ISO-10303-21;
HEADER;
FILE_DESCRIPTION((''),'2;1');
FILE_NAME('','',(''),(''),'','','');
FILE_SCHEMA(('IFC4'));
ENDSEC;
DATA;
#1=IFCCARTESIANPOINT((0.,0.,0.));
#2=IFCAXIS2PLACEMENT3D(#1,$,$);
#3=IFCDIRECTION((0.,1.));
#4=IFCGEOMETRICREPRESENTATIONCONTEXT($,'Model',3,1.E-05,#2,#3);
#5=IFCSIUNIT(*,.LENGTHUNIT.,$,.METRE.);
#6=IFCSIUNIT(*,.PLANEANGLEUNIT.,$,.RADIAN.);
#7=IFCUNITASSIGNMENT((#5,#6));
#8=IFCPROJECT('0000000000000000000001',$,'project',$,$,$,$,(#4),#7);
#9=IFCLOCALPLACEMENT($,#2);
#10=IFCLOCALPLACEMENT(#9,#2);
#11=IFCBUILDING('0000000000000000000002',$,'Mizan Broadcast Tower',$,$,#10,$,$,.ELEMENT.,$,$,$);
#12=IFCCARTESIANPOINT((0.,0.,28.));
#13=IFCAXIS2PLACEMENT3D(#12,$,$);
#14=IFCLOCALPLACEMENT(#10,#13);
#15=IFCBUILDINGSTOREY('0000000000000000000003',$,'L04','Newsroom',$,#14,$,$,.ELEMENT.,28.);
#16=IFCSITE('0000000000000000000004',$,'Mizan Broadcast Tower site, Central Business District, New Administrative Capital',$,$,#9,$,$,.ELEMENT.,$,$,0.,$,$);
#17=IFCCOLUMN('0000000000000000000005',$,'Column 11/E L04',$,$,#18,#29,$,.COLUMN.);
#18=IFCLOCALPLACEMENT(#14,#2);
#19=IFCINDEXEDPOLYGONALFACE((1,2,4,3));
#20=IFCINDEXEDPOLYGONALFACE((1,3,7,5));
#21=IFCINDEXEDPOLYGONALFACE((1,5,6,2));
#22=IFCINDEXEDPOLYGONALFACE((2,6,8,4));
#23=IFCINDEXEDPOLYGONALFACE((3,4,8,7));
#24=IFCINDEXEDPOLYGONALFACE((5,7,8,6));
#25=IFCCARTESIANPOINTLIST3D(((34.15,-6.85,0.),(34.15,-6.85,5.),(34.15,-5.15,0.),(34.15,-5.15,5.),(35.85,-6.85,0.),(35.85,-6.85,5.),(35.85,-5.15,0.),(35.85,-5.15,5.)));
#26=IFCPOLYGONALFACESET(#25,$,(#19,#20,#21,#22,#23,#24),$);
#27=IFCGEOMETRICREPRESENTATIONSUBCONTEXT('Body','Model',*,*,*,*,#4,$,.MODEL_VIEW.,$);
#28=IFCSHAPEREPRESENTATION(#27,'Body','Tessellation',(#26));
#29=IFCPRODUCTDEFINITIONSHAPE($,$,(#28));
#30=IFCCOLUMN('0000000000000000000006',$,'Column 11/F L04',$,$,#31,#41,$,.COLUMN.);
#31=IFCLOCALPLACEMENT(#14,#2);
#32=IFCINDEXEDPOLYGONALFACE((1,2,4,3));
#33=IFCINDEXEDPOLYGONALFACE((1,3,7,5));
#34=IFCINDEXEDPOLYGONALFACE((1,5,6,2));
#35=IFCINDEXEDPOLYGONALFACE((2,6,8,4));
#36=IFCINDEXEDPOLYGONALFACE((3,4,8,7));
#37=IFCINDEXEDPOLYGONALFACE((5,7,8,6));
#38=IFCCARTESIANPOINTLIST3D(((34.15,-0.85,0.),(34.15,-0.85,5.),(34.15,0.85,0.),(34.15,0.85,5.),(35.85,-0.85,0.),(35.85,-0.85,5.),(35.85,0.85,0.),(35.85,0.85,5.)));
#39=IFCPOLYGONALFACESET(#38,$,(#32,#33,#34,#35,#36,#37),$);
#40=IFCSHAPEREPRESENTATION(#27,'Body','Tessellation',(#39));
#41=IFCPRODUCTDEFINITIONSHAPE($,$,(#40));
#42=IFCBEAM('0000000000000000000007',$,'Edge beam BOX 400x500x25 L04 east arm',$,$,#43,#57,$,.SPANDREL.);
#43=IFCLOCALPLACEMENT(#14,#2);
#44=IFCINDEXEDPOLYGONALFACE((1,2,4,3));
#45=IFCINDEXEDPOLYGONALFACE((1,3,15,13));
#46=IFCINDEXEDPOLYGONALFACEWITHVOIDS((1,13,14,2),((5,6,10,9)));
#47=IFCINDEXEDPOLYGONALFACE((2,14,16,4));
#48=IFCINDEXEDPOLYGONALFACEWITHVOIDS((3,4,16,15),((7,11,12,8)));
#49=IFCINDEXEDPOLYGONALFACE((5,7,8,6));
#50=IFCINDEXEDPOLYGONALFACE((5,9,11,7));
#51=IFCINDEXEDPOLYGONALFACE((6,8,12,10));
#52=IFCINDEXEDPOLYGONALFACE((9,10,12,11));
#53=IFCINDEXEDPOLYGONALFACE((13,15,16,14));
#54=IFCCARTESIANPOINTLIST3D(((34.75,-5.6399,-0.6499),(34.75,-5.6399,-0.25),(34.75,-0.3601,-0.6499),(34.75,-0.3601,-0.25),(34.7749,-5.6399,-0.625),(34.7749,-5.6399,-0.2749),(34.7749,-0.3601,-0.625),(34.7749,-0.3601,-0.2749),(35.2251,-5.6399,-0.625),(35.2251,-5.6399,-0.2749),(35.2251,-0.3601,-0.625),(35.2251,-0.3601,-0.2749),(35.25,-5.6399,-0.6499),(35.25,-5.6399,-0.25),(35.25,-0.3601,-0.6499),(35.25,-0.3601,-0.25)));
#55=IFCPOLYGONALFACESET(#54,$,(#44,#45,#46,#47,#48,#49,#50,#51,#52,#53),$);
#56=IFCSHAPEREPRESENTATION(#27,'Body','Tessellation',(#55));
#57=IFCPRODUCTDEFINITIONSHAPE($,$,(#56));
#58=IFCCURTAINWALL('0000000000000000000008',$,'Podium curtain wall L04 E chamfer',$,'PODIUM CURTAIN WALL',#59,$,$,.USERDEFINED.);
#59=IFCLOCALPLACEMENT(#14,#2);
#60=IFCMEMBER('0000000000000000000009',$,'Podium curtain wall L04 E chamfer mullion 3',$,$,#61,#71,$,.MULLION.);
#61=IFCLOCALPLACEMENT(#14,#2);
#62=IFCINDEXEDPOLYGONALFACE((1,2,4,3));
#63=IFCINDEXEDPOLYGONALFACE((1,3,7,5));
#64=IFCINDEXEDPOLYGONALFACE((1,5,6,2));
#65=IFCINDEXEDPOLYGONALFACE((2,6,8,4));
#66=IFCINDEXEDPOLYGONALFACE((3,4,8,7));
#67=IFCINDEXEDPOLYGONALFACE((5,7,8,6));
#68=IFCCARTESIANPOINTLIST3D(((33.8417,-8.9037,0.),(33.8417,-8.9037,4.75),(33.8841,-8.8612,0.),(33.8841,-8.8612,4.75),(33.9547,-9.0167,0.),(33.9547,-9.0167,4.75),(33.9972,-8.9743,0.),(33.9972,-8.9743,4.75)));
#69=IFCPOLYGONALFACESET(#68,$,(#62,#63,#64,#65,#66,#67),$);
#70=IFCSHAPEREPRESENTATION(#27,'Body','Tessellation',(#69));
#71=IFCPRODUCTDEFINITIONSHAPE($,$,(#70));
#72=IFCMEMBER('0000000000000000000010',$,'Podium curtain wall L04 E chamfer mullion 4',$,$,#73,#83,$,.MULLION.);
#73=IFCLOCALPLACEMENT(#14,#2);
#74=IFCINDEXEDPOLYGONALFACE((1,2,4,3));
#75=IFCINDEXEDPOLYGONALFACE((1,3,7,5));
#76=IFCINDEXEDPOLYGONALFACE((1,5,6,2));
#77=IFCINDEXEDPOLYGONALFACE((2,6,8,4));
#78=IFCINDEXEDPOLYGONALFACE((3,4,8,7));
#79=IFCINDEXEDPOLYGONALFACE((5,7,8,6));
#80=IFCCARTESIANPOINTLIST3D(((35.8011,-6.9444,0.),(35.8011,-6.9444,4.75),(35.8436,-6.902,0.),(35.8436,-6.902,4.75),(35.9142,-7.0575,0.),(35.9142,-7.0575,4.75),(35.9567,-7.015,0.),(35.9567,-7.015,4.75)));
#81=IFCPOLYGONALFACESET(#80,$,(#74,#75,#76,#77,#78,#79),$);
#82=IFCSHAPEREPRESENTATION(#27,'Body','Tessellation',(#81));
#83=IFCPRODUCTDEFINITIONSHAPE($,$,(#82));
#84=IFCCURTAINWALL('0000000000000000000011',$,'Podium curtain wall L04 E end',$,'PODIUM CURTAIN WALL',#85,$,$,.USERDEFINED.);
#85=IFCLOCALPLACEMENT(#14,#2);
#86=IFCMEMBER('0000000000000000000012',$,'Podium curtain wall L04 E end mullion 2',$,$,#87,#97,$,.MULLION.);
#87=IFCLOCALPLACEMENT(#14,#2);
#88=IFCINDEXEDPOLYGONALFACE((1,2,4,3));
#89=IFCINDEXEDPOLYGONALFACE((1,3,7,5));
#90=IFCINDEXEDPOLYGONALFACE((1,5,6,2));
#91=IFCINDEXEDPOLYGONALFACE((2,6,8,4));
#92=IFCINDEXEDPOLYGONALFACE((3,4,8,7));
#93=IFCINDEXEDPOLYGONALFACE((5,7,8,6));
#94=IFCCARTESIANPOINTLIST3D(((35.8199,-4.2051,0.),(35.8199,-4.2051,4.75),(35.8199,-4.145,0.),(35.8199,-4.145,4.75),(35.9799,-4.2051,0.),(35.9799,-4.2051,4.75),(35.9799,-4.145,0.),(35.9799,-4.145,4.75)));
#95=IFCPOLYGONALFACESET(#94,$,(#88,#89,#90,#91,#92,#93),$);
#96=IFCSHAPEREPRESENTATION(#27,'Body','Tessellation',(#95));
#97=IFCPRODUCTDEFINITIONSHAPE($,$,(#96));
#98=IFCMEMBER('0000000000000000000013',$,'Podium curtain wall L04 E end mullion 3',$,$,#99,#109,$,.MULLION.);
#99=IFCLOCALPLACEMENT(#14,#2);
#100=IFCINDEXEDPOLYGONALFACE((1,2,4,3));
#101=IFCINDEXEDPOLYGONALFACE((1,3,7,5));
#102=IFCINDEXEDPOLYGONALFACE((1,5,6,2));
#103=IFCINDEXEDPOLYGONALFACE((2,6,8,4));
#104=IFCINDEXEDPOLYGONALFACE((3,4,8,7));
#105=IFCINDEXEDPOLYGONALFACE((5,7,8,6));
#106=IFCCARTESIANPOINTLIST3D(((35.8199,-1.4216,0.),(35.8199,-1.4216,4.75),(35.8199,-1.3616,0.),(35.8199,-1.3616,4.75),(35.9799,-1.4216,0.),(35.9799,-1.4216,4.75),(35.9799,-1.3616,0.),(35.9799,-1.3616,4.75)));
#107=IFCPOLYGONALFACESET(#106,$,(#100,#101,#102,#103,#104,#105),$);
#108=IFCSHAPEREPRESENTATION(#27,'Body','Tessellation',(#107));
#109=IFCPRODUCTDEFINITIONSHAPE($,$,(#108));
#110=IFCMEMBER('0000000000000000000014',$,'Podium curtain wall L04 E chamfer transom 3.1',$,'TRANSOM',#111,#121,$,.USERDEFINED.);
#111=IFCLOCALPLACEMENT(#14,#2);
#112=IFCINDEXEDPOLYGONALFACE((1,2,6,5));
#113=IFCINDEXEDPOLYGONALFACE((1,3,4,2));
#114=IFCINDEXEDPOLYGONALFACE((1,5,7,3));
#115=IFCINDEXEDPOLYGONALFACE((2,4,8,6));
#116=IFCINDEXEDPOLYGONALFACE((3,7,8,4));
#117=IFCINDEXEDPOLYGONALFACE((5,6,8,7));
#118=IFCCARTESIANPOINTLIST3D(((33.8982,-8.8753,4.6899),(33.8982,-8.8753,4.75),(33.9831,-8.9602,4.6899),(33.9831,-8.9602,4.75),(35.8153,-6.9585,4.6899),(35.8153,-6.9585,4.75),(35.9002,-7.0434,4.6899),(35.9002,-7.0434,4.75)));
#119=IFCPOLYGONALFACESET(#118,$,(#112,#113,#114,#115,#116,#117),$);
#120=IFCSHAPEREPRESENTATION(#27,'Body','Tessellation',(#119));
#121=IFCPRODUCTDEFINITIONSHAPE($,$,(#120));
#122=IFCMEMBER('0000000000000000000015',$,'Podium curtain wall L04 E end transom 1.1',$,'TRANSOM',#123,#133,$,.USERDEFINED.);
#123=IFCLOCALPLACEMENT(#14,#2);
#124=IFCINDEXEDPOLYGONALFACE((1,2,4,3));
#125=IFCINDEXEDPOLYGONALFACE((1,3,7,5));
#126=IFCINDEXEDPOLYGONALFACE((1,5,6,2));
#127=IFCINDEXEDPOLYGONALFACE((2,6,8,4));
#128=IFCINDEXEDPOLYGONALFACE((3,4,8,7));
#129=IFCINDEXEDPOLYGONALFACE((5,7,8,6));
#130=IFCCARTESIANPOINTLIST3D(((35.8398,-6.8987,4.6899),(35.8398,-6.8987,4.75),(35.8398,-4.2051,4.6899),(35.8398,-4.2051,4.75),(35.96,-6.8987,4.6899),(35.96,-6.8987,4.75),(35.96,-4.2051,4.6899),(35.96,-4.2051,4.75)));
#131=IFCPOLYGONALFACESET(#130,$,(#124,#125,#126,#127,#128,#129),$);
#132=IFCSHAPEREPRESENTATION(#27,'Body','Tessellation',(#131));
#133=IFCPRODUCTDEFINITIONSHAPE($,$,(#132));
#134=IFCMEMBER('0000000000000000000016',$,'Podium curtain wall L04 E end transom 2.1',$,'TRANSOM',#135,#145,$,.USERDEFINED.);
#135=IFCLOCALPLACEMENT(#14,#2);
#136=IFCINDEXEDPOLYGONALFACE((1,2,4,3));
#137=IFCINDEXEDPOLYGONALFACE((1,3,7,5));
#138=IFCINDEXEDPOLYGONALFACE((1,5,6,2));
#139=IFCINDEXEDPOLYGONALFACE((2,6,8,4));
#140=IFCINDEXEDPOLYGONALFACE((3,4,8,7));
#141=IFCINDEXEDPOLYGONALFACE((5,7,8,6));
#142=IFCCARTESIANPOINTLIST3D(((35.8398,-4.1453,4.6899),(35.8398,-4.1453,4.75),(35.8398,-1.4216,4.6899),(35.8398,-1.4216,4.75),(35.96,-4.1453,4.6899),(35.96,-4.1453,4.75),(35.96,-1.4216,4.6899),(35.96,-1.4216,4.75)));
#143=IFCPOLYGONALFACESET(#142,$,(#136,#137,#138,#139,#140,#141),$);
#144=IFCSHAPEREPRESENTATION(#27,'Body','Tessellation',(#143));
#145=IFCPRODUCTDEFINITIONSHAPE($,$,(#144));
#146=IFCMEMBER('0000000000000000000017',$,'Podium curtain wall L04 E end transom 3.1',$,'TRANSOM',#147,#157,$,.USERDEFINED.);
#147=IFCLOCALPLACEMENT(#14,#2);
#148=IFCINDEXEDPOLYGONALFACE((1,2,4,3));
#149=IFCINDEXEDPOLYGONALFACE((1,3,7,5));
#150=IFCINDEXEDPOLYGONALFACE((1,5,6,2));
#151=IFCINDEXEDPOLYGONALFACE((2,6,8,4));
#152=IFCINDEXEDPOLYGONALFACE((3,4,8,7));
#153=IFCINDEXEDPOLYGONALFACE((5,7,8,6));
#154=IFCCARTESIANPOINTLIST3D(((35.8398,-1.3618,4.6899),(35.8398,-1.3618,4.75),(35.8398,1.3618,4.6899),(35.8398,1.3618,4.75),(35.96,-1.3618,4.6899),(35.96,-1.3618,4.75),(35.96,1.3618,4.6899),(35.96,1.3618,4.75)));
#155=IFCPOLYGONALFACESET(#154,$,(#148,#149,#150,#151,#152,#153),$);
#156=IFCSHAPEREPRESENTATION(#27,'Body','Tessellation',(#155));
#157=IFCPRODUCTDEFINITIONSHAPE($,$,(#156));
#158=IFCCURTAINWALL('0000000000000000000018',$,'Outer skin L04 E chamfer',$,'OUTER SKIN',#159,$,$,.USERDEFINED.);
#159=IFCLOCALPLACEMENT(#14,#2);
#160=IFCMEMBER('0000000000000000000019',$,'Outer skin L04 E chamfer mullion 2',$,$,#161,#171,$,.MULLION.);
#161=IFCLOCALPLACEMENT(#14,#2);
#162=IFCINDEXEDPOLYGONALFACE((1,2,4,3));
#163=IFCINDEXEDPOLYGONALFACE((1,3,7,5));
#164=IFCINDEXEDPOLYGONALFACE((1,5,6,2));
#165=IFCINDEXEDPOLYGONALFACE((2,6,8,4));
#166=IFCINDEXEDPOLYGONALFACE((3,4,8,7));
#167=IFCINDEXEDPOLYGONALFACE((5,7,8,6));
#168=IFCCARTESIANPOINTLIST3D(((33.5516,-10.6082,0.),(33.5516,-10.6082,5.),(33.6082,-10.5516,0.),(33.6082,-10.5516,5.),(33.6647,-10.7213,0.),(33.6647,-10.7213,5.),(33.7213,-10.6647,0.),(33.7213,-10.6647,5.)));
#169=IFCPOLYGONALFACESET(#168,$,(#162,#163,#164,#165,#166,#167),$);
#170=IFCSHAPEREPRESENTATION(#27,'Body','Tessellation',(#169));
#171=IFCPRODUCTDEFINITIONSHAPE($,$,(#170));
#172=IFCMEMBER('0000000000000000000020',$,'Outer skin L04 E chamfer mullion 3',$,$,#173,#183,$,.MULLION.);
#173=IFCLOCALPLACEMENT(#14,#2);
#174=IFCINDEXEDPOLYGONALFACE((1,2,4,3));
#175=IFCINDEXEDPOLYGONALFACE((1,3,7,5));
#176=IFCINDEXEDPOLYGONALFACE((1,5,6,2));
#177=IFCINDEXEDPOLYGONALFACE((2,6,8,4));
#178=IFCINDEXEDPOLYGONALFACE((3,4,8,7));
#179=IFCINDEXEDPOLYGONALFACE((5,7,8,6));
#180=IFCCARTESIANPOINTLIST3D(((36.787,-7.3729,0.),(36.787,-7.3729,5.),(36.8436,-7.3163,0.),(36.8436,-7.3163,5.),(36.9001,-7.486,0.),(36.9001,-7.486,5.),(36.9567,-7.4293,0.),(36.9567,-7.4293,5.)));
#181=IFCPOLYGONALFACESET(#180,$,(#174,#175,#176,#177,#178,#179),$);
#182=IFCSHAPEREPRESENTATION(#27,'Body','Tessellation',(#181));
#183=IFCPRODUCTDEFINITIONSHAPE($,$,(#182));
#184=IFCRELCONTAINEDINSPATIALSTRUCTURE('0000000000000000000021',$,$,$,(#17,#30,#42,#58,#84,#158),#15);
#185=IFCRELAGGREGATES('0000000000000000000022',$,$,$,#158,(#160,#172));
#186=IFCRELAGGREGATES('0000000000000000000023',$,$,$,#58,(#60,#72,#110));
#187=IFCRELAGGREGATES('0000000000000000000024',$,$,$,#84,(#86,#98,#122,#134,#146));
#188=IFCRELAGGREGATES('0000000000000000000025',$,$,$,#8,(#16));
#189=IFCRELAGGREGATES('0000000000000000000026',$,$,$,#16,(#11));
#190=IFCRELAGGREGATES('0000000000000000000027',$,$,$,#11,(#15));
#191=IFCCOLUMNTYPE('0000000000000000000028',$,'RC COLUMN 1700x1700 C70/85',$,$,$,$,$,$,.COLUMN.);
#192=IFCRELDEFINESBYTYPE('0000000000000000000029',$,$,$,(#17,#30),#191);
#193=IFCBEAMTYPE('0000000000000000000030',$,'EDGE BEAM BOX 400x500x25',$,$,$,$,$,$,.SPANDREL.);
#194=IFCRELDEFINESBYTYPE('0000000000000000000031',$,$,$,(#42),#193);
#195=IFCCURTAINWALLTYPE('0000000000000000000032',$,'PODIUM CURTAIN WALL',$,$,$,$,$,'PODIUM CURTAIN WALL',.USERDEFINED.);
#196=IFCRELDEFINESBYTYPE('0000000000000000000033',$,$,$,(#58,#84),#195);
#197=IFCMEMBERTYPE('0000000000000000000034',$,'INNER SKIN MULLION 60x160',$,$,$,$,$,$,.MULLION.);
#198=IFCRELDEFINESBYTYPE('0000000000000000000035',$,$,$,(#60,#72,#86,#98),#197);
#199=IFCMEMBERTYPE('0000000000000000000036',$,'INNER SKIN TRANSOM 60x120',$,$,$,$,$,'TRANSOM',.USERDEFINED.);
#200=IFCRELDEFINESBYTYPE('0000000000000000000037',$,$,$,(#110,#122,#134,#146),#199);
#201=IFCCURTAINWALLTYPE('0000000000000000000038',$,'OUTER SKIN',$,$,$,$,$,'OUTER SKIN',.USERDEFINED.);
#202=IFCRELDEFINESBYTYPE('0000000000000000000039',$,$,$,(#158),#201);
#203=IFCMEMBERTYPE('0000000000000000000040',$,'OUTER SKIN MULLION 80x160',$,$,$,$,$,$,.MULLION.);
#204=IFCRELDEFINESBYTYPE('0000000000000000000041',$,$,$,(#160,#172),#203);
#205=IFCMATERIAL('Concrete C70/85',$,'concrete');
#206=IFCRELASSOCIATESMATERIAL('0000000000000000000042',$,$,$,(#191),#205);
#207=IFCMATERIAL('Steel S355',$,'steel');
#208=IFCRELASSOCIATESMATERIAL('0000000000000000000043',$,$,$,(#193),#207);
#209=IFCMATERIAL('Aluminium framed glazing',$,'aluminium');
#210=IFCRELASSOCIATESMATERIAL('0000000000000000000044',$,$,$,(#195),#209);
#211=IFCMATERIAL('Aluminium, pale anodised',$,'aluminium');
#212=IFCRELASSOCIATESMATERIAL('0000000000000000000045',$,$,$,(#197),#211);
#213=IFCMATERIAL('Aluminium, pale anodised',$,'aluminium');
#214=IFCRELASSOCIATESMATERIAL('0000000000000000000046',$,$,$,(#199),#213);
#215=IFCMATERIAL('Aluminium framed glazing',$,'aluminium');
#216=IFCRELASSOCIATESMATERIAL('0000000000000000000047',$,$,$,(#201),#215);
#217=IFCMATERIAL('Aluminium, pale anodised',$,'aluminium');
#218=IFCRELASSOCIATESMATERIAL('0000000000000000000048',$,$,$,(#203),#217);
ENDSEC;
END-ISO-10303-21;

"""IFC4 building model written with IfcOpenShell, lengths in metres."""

from ifc_helpers import new_model, si_unit, direction, frame, origin, origin_2d, place, context, subcontext, project, spatial, rectangle, hollow_rectangle, extrude, material, material_profile, profile_set, type_object, element, aggregate, save


model = new_model("IFC4")

# Units and contexts
model_context = context("Model", 3, precision=1e-05, world=origin(), true_north=direction((0.0, 1.0)))
body_context = subcontext(model_context, "Body", "Model", "MODEL_VIEW")
ifc_project = project(units=[si_unit("LENGTHUNIT", "METRE"), si_unit("PLANEANGLEUNIT", "RADIAN")], contexts=[model_context])

# Site, building, storey
site_placement = place(None, origin())
site = spatial("IfcSite", under=ifc_project, at=site_placement, Name="Mizan Broadcast Tower site, Central Business District, New Administrative Capital", CompositionType="ELEMENT", RefElevation=0.0)
building_placement = place(site_placement, origin())
building = spatial("IfcBuilding", under=site, at=building_placement, Name="Mizan Broadcast Tower", CompositionType="ELEMENT")
storey_placement = place(building_placement, frame((0.0, 0.0, 28.0)))
storey = spatial("IfcBuildingStorey", under=building, at=storey_placement, Name="L04", Description="Newsroom", CompositionType="ELEMENT", Elevation=28.0)

# Columns
ifc_material_1 = material(Name="Concrete C70/85", Category="concrete")
ifc_material_profile_1 = material_profile(ifc_material_1, rectangle(XDim=1.7, YDim=1.7, at=origin_2d()), Name="RC 1700x1700")
ifc_profile_set_1 = profile_set([ifc_material_profile_1], Name="Concrete C70/85")
column_type = type_object("IfcColumnType", Name="RC COLUMN 1700x1700 C70/85", PredefinedType="COLUMN", material=ifc_profile_set_1)
for number, where, z_axis, x_axis, name in (
    (1, (35.0, -6.0, 0.0), (0.0, 0.0, 1.0), (1.0, 0.0, 0.0), "Column 11/E L04"),
    (2, (35.0, 0.0, 0.0), (0.0, 0.0, 1.0), (1.0, 0.0, 0.0), "Column 11/F L04"),
):
    element("IfcColumn", number, at=place(storey_placement, frame(where, z_axis=z_axis, x_axis=x_axis)), inside=storey, type_object=column_type, Name=name, PredefinedType="COLUMN", context=body_context, shape_type="SweptSolid", body=[
        extrude(rectangle(XDim=1.7, YDim=1.7, at=origin_2d()), origin(), (0.0, 0.0, 1.0), 5.0),
    ])

# Beam
ifc_material_2 = material(Name="Steel S355", Category="steel")
ifc_material_profile_2 = material_profile(ifc_material_2, hollow_rectangle(XDim=0.5, YDim=0.3999, WallThickness=0.0249, at=origin_2d()), Name="BOX 400x500x25")
ifc_profile_set_2 = profile_set([ifc_material_profile_2], Name="Steel S355")
beam_type = type_object("IfcBeamType", Name="EDGE BEAM BOX 400x500x25", PredefinedType="SPANDREL", material=ifc_profile_set_2)
beam_placement = place(storey_placement, frame((35.0, -5.6399, -0.45), z_axis=(0.0, 1.0, 0.0), x_axis=(-1.0, 0.0, 0.0)))
element("IfcBeam", 3, at=beam_placement, inside=storey, type_object=beam_type, Name="Edge beam BOX 400x500x25 L04 east arm", PredefinedType="SPANDREL", context=body_context, shape_type="SweptSolid", body=[
    extrude(hollow_rectangle(XDim=0.5, YDim=0.3999, WallThickness=0.0249, at=origin_2d()), origin(), (0.0, 0.0, 1.0), 5.2798),
])

# Curtain walls, members
ifc_material_3 = material(Name="Aluminium framed glazing", Category="aluminium")
curtain_wall_type_1 = type_object("IfcCurtainWallType", Name="PODIUM CURTAIN WALL", ElementType="PODIUM CURTAIN WALL", PredefinedType="USERDEFINED", material=ifc_material_3)
curtain_wall_1_placement = place(storey_placement, origin())
curtain_wall_1 = element("IfcCurtainWall", 4, at=curtain_wall_1_placement, inside=storey, type_object=curtain_wall_type_1, Name="Podium curtain wall L04 E chamfer", ObjectType="PODIUM CURTAIN WALL", PredefinedType="USERDEFINED")
ifc_material_4 = material(Name="Aluminium, pale anodised", Category="aluminium")
ifc_material_profile_3 = material_profile(ifc_material_4, rectangle(XDim=0.1599, YDim=0.0601, at=origin_2d()), Name="MULLION 160x60")
ifc_profile_set_3 = profile_set([ifc_material_profile_3], Name="Aluminium, pale anodised")
member_type_1 = type_object("IfcMemberType", Name="INNER SKIN MULLION 60x160", PredefinedType="MULLION", material=ifc_profile_set_3)
member_1_placement = place(storey_placement, frame((33.9194, -8.939, 0.0), z_axis=(0.0, 0.0, 1.0), x_axis=(-0.707107, 0.707107, 0.0)))
member_1 = element("IfcMember", 5, at=member_1_placement, type_object=member_type_1, Name="Podium curtain wall L04 E chamfer mullion 3", PredefinedType="MULLION", context=body_context, shape_type="SweptSolid", body=[
    extrude(rectangle(XDim=0.1599, YDim=0.0601, at=origin_2d()), origin(), (0.0, 0.0, 1.0), 4.75),
])
member_2_placement = place(storey_placement, frame((35.8789, -6.9797, 0.0), z_axis=(0.0, 0.0, 1.0), x_axis=(-0.707107, 0.707107, 0.0)))
member_2 = element("IfcMember", 6, at=member_2_placement, type_object=member_type_1, Name="Podium curtain wall L04 E chamfer mullion 4", PredefinedType="MULLION", context=body_context, shape_type="SweptSolid", body=[
    extrude(rectangle(XDim=0.1599, YDim=0.0601, at=origin_2d()), origin(), (0.0, 0.0, 1.0), 4.75),
])
curtain_wall_2_placement = place(storey_placement, origin())
curtain_wall_2 = element("IfcCurtainWall", 7, at=curtain_wall_2_placement, inside=storey, type_object=curtain_wall_type_1, Name="Podium curtain wall L04 E end", ObjectType="PODIUM CURTAIN WALL", PredefinedType="USERDEFINED")
member_3_placement = place(storey_placement, frame((35.8999, -4.175, 0.0), z_axis=(0.0, 0.0, 1.0), x_axis=(-1.0, 0.0, 0.0)))
member_3 = element("IfcMember", 8, at=member_3_placement, type_object=member_type_1, Name="Podium curtain wall L04 E end mullion 2", PredefinedType="MULLION", context=body_context, shape_type="SweptSolid", body=[
    extrude(rectangle(XDim=0.1599, YDim=0.0601, at=origin_2d()), origin(), (0.0, 0.0, 1.0), 4.75),
])
member_4_placement = place(storey_placement, frame((35.8999, -1.3916, 0.0), z_axis=(0.0, 0.0, 1.0), x_axis=(-1.0, 0.0, 0.0)))
member_4 = element("IfcMember", 9, at=member_4_placement, type_object=member_type_1, Name="Podium curtain wall L04 E end mullion 3", PredefinedType="MULLION", context=body_context, shape_type="SweptSolid", body=[
    extrude(rectangle(XDim=0.1599, YDim=0.0601, at=origin_2d()), origin(), (0.0, 0.0, 1.0), 4.75),
])

# Members
ifc_material_5 = material(Name="Aluminium, pale anodised", Category="aluminium")
ifc_material_profile_4 = material_profile(ifc_material_5, rectangle(XDim=0.1201, YDim=0.0601, at=origin_2d()), Name="TRANSOM 120x60")
ifc_profile_set_4 = profile_set([ifc_material_profile_4], Name="Aluminium, pale anodised")
member_type_2 = type_object("IfcMemberType", Name="INNER SKIN TRANSOM 60x120", ElementType="TRANSOM", PredefinedType="USERDEFINED", material=ifc_profile_set_4)
member_5_placement = place(storey_placement, frame((33.9407, -8.9177, 4.72), z_axis=(0.707152, 0.707062, 0.0), x_axis=(-0.707062, 0.707152, 0.0)))
member_5 = element("IfcMember", 10, at=member_5_placement, type_object=member_type_2, Name="Podium curtain wall L04 E chamfer transom 3.1", ObjectType="TRANSOM", PredefinedType="USERDEFINED", context=body_context, shape_type="SweptSolid", body=[
    extrude(rectangle(XDim=0.1201, YDim=0.0601, at=origin_2d()), origin(), (0.0, 0.0, 1.0), 2.7109),
])
member_6_placement = place(storey_placement, frame((35.8999, -6.8987, 4.72), z_axis=(0.0, 1.0, 0.0), x_axis=(-1.0, 0.0, 0.0)))
member_6 = element("IfcMember", 11, at=member_6_placement, type_object=member_type_2, Name="Podium curtain wall L04 E end transom 1.1", ObjectType="TRANSOM", PredefinedType="USERDEFINED", context=body_context, shape_type="SweptSolid", body=[
    extrude(rectangle(XDim=0.1201, YDim=0.0601, at=origin_2d()), origin(), (0.0, 0.0, 1.0), 2.6936),
])
member_7_placement = place(storey_placement, frame((35.8999, -4.1453, 4.72), z_axis=(0.0, 1.0, 0.0), x_axis=(-1.0, 0.0, 0.0)))
member_7 = element("IfcMember", 12, at=member_7_placement, type_object=member_type_2, Name="Podium curtain wall L04 E end transom 2.1", ObjectType="TRANSOM", PredefinedType="USERDEFINED", context=body_context, shape_type="SweptSolid", body=[
    extrude(rectangle(XDim=0.1201, YDim=0.0601, at=origin_2d()), origin(), (0.0, 0.0, 1.0), 2.7236),
])
member_8_placement = place(storey_placement, frame((35.8999, -1.3618, 4.72), z_axis=(0.0, 1.0, 0.0), x_axis=(-1.0, 0.0, 0.0)))
member_8 = element("IfcMember", 13, at=member_8_placement, type_object=member_type_2, Name="Podium curtain wall L04 E end transom 3.1", ObjectType="TRANSOM", PredefinedType="USERDEFINED", context=body_context, shape_type="SweptSolid", body=[
    extrude(rectangle(XDim=0.1201, YDim=0.0601, at=origin_2d()), origin(), (0.0, 0.0, 1.0), 2.7236),
])

# Curtain wall, members
ifc_material_6 = material(Name="Aluminium framed glazing", Category="aluminium")
curtain_wall_type_2 = type_object("IfcCurtainWallType", Name="OUTER SKIN", ElementType="OUTER SKIN", PredefinedType="USERDEFINED", material=ifc_material_6)
curtain_wall_3_placement = place(storey_placement, origin())
curtain_wall_3 = element("IfcCurtainWall", 14, at=curtain_wall_3_placement, inside=storey, type_object=curtain_wall_type_2, Name="Outer skin L04 E chamfer", ObjectType="OUTER SKIN", PredefinedType="USERDEFINED")
ifc_material_7 = material(Name="Aluminium, pale anodised", Category="aluminium")
ifc_material_profile_5 = material_profile(ifc_material_7, rectangle(XDim=0.1599, YDim=0.0801, at=origin_2d()), Name="MULLION 160x80")
ifc_profile_set_5 = profile_set([ifc_material_profile_5], Name="Aluminium, pale anodised")
member_type_3 = type_object("IfcMemberType", Name="OUTER SKIN MULLION 80x160", PredefinedType="MULLION", material=ifc_profile_set_5)
member_9_placement = place(storey_placement, frame((33.6365, -10.6365, 0.0), z_axis=(0.0, 0.0, 1.0), x_axis=(-0.707107, 0.707107, 0.0)))
member_9 = element("IfcMember", 15, at=member_9_placement, type_object=member_type_3, Name="Outer skin L04 E chamfer mullion 2", PredefinedType="MULLION", context=body_context, shape_type="SweptSolid", body=[
    extrude(rectangle(XDim=0.1599, YDim=0.0801, at=origin_2d()), origin(), (0.0, 0.0, 1.0), 5.0),
])
member_10_placement = place(storey_placement, frame((36.8718, -7.4011, 0.0), z_axis=(0.0, 0.0, 1.0), x_axis=(-0.707107, 0.707107, 0.0)))
member_10 = element("IfcMember", 16, at=member_10_placement, type_object=member_type_3, Name="Outer skin L04 E chamfer mullion 3", PredefinedType="MULLION", context=body_context, shape_type="SweptSolid", body=[
    extrude(rectangle(XDim=0.1599, YDim=0.0801, at=origin_2d()), origin(), (0.0, 0.0, 1.0), 5.0),
])

aggregate(curtain_wall_3, [member_9, member_10])
aggregate(curtain_wall_1, [member_1, member_2, member_5])
aggregate(curtain_wall_2, [member_3, member_4, member_6, member_7, member_8])

save(model, "model.ifc")
